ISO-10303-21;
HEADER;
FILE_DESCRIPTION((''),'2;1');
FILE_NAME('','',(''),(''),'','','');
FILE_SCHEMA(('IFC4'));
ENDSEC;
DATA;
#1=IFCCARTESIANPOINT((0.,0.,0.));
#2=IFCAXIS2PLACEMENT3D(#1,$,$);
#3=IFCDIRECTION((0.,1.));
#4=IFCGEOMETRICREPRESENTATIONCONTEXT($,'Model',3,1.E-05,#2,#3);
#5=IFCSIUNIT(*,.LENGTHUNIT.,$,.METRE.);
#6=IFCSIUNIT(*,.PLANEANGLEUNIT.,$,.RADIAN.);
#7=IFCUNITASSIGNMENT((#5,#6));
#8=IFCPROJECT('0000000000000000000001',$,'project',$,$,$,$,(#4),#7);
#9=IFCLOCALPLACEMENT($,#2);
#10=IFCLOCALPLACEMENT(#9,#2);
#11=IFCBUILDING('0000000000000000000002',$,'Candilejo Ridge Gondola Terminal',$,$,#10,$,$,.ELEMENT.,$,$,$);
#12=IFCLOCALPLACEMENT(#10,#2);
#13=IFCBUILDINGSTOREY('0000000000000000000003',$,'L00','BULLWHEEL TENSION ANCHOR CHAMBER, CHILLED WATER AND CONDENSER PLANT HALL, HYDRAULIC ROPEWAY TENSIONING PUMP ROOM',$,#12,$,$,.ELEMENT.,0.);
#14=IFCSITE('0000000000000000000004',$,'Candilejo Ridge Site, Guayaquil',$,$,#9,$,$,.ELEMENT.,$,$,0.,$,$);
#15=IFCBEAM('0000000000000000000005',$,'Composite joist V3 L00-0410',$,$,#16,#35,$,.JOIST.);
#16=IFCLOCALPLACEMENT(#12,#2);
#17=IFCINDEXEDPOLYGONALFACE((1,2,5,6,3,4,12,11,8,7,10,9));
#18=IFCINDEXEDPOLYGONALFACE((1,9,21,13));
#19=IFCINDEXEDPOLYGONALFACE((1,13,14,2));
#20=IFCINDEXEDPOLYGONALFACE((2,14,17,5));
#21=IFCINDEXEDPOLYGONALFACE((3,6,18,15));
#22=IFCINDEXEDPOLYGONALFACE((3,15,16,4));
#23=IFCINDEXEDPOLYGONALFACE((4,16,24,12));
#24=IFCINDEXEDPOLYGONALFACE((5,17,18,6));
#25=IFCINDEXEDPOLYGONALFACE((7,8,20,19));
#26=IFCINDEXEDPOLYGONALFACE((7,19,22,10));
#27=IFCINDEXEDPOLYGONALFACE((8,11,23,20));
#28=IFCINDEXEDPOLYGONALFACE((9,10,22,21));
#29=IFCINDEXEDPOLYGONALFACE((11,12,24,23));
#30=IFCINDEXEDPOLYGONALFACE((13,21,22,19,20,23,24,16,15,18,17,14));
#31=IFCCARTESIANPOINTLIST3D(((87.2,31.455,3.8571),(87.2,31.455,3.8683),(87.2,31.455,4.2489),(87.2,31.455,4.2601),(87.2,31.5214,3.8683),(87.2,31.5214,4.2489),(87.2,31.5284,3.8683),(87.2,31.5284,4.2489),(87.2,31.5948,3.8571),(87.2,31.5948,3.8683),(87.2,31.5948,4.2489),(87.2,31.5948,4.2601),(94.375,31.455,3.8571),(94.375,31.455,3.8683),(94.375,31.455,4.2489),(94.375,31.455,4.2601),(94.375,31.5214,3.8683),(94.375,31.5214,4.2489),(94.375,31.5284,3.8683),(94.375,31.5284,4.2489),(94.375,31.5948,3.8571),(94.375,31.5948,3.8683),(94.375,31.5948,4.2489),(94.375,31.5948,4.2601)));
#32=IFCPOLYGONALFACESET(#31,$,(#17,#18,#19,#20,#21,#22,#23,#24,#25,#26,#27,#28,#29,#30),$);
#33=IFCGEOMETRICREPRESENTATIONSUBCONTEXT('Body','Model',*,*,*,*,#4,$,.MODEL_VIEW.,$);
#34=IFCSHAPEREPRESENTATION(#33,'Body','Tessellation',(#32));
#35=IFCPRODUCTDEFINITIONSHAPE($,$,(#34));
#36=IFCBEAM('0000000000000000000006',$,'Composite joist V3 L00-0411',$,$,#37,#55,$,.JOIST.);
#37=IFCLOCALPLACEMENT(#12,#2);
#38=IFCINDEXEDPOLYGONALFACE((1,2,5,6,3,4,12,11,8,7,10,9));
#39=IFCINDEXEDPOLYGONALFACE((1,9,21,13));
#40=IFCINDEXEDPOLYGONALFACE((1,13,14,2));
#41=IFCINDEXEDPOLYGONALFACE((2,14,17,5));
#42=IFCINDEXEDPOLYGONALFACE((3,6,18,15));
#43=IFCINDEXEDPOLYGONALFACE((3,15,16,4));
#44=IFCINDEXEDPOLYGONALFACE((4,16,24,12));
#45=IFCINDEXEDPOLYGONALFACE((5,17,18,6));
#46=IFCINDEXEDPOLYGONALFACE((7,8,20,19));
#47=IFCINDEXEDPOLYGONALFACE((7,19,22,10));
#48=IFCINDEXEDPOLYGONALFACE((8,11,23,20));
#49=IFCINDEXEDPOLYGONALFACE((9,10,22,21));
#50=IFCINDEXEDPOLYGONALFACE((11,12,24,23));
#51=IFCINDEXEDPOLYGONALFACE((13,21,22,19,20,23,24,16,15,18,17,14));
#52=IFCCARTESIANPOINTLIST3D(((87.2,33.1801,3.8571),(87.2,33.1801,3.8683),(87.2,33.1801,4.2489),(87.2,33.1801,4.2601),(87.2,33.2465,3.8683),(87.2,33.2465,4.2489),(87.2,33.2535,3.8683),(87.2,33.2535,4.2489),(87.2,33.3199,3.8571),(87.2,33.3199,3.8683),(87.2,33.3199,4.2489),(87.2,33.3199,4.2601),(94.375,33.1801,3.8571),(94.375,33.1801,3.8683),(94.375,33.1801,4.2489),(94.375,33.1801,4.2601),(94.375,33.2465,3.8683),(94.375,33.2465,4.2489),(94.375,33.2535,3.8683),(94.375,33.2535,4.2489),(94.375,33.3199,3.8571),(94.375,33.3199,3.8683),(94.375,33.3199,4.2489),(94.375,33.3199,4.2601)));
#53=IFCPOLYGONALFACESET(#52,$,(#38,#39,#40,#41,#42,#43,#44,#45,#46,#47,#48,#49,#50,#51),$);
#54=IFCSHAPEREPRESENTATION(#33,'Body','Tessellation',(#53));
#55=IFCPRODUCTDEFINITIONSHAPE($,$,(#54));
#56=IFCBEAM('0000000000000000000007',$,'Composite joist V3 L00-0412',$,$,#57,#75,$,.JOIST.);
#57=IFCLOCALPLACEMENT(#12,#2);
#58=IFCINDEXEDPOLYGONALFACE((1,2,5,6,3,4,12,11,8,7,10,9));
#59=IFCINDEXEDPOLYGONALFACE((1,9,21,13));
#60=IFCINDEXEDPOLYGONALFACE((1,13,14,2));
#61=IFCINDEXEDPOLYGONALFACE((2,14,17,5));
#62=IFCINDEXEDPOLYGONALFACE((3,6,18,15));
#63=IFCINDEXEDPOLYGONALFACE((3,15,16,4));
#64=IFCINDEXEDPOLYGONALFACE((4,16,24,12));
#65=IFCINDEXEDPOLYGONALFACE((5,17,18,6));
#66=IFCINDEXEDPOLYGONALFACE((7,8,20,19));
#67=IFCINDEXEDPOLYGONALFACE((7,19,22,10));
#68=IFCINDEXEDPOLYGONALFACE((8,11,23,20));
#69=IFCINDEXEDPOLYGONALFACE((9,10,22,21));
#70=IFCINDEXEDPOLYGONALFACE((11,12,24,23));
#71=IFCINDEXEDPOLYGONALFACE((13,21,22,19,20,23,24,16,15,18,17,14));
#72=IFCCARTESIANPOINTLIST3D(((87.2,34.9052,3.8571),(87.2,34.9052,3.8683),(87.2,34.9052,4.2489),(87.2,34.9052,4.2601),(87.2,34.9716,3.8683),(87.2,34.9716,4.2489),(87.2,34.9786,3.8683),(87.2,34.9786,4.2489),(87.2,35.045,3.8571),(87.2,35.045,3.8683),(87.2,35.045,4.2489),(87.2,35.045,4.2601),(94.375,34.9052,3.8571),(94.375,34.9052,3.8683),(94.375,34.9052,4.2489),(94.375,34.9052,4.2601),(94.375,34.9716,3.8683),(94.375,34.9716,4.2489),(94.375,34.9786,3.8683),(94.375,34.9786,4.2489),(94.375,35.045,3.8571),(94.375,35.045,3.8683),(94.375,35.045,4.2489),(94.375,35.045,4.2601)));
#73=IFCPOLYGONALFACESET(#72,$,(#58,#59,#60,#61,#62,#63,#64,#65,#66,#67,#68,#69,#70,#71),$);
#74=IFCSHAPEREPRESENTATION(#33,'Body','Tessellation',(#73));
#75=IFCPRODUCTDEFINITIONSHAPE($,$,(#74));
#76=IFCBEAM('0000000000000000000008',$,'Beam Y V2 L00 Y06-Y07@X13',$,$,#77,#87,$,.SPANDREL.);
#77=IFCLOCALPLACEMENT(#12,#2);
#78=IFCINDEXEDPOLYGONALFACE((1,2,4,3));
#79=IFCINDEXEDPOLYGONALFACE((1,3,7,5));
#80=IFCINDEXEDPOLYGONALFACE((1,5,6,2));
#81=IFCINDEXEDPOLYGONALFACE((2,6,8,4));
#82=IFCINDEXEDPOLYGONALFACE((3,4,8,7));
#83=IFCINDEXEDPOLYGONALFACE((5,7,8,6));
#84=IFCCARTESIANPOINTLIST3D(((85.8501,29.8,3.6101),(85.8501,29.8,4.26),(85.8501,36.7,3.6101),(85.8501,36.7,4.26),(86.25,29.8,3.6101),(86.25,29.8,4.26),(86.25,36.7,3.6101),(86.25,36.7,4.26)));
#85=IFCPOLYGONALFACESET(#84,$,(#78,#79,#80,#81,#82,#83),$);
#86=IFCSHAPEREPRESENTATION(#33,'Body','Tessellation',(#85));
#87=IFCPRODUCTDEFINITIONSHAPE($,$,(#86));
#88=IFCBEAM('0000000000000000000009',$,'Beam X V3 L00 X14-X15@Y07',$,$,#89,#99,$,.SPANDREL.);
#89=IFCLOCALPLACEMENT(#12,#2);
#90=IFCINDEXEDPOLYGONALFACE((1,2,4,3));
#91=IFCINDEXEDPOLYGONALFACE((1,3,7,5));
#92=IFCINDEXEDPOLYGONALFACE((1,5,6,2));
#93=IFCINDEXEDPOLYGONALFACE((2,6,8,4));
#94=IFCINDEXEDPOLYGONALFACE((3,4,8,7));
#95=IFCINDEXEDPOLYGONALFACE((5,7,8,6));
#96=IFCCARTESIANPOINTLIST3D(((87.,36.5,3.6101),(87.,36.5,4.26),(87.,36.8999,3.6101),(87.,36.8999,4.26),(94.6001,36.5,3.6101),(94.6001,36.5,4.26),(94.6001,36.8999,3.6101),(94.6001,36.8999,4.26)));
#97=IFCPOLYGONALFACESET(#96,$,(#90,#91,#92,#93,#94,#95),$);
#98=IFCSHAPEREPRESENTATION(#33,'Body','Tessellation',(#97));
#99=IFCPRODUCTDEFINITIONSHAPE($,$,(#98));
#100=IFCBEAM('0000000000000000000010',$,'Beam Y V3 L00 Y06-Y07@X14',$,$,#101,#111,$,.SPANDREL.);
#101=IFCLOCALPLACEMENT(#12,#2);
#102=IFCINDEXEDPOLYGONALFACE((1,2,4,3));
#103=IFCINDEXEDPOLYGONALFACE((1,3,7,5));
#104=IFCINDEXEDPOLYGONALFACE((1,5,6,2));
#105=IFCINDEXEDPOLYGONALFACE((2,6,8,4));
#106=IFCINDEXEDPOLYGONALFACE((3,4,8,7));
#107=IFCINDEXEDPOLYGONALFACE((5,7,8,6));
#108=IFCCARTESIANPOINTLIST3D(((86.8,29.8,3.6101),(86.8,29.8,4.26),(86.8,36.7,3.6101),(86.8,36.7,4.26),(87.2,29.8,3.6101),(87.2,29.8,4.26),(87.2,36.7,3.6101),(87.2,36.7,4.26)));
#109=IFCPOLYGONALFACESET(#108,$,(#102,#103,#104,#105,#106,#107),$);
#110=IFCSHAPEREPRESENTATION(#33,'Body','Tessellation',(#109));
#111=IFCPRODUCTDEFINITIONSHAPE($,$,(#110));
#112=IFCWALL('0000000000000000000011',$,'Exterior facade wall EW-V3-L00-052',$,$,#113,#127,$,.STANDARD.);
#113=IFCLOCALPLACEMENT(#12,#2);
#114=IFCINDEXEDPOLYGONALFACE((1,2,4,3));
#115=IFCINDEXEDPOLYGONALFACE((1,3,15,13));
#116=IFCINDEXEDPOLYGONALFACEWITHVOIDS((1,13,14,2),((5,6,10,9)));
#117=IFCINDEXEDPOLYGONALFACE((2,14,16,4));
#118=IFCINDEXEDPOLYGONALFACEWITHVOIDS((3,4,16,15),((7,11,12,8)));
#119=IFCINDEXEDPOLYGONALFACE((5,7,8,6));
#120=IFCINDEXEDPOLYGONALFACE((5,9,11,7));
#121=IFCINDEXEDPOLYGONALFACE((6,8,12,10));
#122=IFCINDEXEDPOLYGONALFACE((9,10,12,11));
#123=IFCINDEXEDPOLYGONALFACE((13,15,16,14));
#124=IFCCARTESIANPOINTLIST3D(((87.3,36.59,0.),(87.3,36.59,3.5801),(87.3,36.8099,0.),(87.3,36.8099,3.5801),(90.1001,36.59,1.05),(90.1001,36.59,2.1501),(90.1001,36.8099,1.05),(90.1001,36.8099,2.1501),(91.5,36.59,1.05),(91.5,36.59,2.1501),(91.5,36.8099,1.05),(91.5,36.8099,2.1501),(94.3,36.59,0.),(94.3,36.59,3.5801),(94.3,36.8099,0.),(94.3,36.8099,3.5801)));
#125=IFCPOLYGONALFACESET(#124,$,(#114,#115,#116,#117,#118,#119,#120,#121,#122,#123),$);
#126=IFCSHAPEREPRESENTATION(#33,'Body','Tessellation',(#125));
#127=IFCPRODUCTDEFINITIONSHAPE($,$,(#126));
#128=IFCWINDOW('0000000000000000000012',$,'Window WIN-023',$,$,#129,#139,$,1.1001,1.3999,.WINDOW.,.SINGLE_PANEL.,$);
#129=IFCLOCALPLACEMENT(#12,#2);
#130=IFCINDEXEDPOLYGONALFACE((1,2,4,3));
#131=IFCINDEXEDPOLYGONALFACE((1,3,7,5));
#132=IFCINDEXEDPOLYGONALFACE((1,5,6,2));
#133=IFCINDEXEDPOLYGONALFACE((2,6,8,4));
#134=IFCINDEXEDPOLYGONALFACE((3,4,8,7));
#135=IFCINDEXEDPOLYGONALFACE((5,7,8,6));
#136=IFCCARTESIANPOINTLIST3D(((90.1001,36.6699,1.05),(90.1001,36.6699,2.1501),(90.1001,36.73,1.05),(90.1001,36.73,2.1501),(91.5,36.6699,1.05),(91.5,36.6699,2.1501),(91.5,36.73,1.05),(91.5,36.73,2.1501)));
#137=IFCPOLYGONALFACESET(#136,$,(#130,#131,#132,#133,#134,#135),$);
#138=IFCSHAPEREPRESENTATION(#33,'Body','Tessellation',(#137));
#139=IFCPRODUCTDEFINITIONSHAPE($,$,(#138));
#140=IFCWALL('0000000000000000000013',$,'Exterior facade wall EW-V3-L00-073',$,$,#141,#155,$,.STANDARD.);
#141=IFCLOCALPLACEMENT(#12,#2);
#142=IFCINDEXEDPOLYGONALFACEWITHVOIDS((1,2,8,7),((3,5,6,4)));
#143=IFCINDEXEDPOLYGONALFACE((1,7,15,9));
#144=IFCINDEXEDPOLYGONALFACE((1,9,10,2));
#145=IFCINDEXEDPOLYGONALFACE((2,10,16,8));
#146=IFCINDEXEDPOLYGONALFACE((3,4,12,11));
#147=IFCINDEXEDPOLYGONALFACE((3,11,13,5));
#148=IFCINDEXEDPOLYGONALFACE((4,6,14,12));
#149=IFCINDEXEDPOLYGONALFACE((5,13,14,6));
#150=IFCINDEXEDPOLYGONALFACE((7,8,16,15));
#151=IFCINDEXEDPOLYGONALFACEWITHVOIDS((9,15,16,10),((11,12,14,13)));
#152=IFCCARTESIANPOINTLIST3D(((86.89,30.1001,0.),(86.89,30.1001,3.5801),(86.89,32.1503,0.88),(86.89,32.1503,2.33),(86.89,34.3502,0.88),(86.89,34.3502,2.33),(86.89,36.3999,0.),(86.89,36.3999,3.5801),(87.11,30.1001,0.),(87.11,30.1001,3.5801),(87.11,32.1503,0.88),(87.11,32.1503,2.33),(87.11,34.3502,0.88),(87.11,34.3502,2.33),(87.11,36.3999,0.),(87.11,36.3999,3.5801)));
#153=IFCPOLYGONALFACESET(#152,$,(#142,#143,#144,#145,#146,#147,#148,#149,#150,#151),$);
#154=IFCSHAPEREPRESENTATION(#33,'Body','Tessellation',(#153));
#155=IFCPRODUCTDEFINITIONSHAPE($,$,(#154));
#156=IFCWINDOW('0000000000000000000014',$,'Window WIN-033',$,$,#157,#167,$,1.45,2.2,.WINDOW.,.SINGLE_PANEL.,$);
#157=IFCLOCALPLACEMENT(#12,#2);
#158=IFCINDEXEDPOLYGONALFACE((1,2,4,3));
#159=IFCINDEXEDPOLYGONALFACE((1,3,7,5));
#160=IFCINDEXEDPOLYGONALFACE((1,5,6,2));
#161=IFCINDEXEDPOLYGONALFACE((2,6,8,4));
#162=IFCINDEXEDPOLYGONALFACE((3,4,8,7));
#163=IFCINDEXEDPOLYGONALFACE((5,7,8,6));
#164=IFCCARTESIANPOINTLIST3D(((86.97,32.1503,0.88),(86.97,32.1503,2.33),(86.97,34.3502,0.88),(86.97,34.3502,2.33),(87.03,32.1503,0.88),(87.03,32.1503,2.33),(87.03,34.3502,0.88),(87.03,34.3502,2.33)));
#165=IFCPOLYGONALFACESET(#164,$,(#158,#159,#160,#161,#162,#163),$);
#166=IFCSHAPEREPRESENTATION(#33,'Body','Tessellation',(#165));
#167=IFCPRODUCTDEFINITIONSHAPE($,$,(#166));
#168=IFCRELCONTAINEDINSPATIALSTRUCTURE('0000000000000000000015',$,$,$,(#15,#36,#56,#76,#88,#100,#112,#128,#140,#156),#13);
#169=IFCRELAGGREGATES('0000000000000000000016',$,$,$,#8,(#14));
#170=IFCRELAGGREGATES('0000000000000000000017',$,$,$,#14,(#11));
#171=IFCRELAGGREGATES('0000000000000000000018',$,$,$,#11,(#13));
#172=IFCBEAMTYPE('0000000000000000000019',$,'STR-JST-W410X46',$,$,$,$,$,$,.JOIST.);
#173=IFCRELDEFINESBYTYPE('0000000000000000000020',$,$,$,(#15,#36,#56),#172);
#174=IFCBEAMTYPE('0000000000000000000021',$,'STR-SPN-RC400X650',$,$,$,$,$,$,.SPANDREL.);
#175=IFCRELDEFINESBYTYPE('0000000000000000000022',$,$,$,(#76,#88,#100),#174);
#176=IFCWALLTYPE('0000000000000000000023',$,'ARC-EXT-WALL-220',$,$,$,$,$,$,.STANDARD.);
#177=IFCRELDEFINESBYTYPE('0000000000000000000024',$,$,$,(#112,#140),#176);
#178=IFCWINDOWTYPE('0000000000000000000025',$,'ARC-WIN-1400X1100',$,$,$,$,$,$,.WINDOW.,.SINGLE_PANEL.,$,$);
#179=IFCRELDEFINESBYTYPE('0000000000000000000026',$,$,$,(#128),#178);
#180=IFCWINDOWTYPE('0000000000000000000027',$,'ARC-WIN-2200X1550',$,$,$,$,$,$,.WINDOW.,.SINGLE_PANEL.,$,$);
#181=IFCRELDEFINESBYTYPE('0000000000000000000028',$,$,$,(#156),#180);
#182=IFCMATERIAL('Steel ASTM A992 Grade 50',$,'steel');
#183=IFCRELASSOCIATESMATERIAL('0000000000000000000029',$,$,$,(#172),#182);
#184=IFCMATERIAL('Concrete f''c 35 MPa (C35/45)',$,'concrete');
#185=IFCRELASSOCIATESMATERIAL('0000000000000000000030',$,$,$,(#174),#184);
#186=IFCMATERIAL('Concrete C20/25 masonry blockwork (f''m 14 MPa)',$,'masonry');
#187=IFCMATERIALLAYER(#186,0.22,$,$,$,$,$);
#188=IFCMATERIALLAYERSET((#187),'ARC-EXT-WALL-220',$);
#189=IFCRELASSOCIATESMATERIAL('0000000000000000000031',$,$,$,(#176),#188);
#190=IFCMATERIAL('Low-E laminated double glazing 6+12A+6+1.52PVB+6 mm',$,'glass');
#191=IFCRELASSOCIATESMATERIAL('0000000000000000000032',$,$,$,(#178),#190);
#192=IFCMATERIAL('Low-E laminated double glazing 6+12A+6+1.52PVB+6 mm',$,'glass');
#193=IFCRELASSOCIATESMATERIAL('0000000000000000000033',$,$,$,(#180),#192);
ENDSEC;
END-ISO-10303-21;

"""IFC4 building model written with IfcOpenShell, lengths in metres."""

from ifc_helpers import new_model, si_unit, direction, frame, frame_2d, origin, origin_2d, place, context, subcontext, project, spatial, rectangle, i_section, extrude, material, layer, layer_set, material_profile, profile_set, type_object, element, fill, save


model = new_model("IFC4")

# Units and contexts
model_context = context("Model", 3, precision=1e-05, world=origin(), true_north=direction((0.0, 1.0)))
body_context = subcontext(model_context, "Body", "Model", "MODEL_VIEW")
ifc_project = project(units=[si_unit("LENGTHUNIT", "METRE"), si_unit("PLANEANGLEUNIT", "RADIAN")], contexts=[model_context])

# Site, building, storey
site_placement = place(None, origin())
site = spatial("IfcSite", under=ifc_project, at=site_placement, Name="Candilejo Ridge Site, Guayaquil", CompositionType="ELEMENT", RefElevation=0.0)
building_placement = place(site_placement, origin())
building = spatial("IfcBuilding", under=site, at=building_placement, Name="Candilejo Ridge Gondola Terminal", CompositionType="ELEMENT")
storey_placement = place(building_placement, origin())
storey = spatial("IfcBuildingStorey", under=building, at=storey_placement, Name="L00", Description="BULLWHEEL TENSION ANCHOR CHAMBER, CHILLED WATER AND CONDENSER PLANT HALL, HYDRAULIC ROPEWAY TENSIONING PUMP ROOM", CompositionType="ELEMENT", Elevation=0.0)

# Beams
ifc_material_1 = material(Name="Steel ASTM A992 Grade 50", Category="steel")
ifc_material_profile_1 = material_profile(ifc_material_1, i_section(OverallWidth=0.1399, OverallDepth=0.4031, WebThickness=0.0071, FlangeThickness=0.0112, at=origin_2d()))
ifc_profile_set_1 = profile_set([ifc_material_profile_1], Name="Steel ASTM A992 Grade 50")
beam_type_1 = type_object("IfcBeamType", Name="STR-JST-W410X46", PredefinedType="JOIST", material=ifc_profile_set_1)
for number, where, z_axis, x_axis, name in (
    (1, (87.2, 31.5249, 4.0586), (1.0, 0.0, 0.0), (0.0, 1.0, 0.0), "Composite joist V3 L00-0410"),
    (2, (87.2, 33.25, 4.0586), (1.0, 0.0, 0.0), (0.0, 1.0, 0.0), "Composite joist V3 L00-0411"),
    (3, (87.2, 34.9751, 4.0586), (1.0, 0.0, 0.0), (0.0, 1.0, 0.0), "Composite joist V3 L00-0412"),
):
    element("IfcBeam", number, at=place(storey_placement, frame(where, z_axis=z_axis, x_axis=x_axis)), inside=storey, type_object=beam_type_1, Name=name, PredefinedType="JOIST", context=body_context, shape_type="SweptSolid", body=[
        extrude(i_section(OverallWidth=0.1399, OverallDepth=0.4031, WebThickness=0.0071, FlangeThickness=0.0112, at=origin_2d()), origin(), (0.0, 0.0, 1.0), 7.175),
    ])
ifc_material_2 = material(Name="Concrete f'c 35 MPa (C35/45)", Category="concrete")
ifc_material_profile_2 = material_profile(ifc_material_2, rectangle(XDim=0.3999, YDim=0.6499, at=origin_2d()))
ifc_profile_set_2 = profile_set([ifc_material_profile_2], Name="Concrete f'c 35 MPa (C35/45)")
beam_type_2 = type_object("IfcBeamType", Name="STR-SPN-RC400X650", PredefinedType="SPANDREL", material=ifc_profile_set_2)
beam_1_placement = place(storey_placement, frame((86.05, 29.8, 3.9351), z_axis=(0.0, 1.0, 0.0), x_axis=(-1.0, 0.0, 0.0)))
element("IfcBeam", 4, at=beam_1_placement, inside=storey, type_object=beam_type_2, Name="Beam Y V2 L00 Y06-Y07@X13", PredefinedType="SPANDREL", context=body_context, shape_type="SweptSolid", body=[
    extrude(rectangle(XDim=0.3999, YDim=0.6499, at=origin_2d()), origin(), (0.0, 0.0, 1.0), 6.8999),
])
beam_2_placement = place(storey_placement, frame((87.0, 36.7, 3.9351), z_axis=(1.0, 0.0, 0.0), x_axis=(0.0, 1.0, 0.0)))
element("IfcBeam", 5, at=beam_2_placement, inside=storey, type_object=beam_type_2, Name="Beam X V3 L00 X14-X15@Y07", PredefinedType="SPANDREL", context=body_context, shape_type="SweptSolid", body=[
    extrude(rectangle(XDim=0.3999, YDim=0.6499, at=origin_2d()), origin(), (0.0, 0.0, 1.0), 7.6001),
])
beam_3_placement = place(storey_placement, frame((87.0, 29.8, 3.9351), z_axis=(0.0, 1.0, 0.0), x_axis=(-1.0, 0.0, 0.0)))
element("IfcBeam", 6, at=beam_3_placement, inside=storey, type_object=beam_type_2, Name="Beam Y V3 L00 Y06-Y07@X14", PredefinedType="SPANDREL", context=body_context, shape_type="SweptSolid", body=[
    extrude(rectangle(XDim=0.3999, YDim=0.6499, at=origin_2d()), origin(), (0.0, 0.0, 1.0), 6.8999),
])

# Walls, openings, windows
ifc_material_3 = material(Name="Concrete C20/25 masonry blockwork (f'm 14 MPa)", Category="masonry")
ifc_layer_1 = layer(ifc_material_3, 0.22)
ifc_layer_set_1 = layer_set([ifc_layer_1], Name="ARC-EXT-WALL-220")
wall_type_1 = type_object("IfcWallType", Name="ARC-EXT-WALL-220", PredefinedType="STANDARD", material=ifc_layer_set_1)
wall_1_placement = place(storey_placement, frame((87.3, 36.7, 0.0), z_axis=(0.0, 0.0, 1.0), x_axis=(1.0, 0.0, 0.0)))
wall_1 = element("IfcWall", 7, at=wall_1_placement, inside=storey, type_object=wall_type_1, Name="Exterior facade wall EW-V3-L00-052", PredefinedType="STANDARD", context=body_context, shape_type="SweptSolid", body=[
    extrude(rectangle(XDim=7.0, YDim=0.22, at=frame_2d((3.5, 0.0))), origin(), (0.0, 0.0, 1.0), 3.5801),
])
opening_1_placement = place(wall_1_placement, frame((2.8, 0.0, 1.05)))
opening_1 = element("IfcOpeningElement", 8, at=opening_1_placement, cuts=wall_1, PredefinedType="OPENING", context=body_context, shape_type="SweptSolid", body=[
    extrude(rectangle(XDim=1.3999, YDim=1.1001, at=frame_2d((0.7, 0.55))), frame((0.0, 0.1199, 0.0), z_axis=(0.0, -1.0, 0.0), x_axis=(1.0, 0.0, 0.0)), (0.0, 0.0, 1.0), 0.24),
])
ifc_material_4 = material(Name="Low-E laminated double glazing 6+12A+6+1.52PVB+6 mm", Category="glass")
window_type_1 = type_object("IfcWindowType", Name="ARC-WIN-1400X1100", PartitioningType="SINGLE_PANEL", PredefinedType="WINDOW", material=ifc_material_4)
window_1_placement = place(opening_1_placement, origin())
window_1 = element("IfcWindow", 9, at=window_1_placement, inside=storey, type_object=window_type_1, Name="Window WIN-023", OverallHeight=1.1001, OverallWidth=1.3999, PartitioningType="SINGLE_PANEL", PredefinedType="WINDOW", context=body_context, shape_type="SweptSolid", body=[
    extrude(rectangle(XDim=1.3999, YDim=1.1001, at=frame_2d((0.7, 0.55))), frame((0.0, 0.03, 0.0), z_axis=(0.0, -1.0, 0.0), x_axis=(1.0, 0.0, 0.0)), (0.0, 0.0, 1.0), 0.0601),
])
fill(opening_1, window_1)
wall_2_placement = place(storey_placement, frame((87.0, 30.1001, 0.0), z_axis=(0.0, 0.0, 1.0), x_axis=(0.0, 1.0, 0.0)))
wall_2 = element("IfcWall", 10, at=wall_2_placement, inside=storey, type_object=wall_type_1, Name="Exterior facade wall EW-V3-L00-073", PredefinedType="STANDARD", context=body_context, shape_type="SweptSolid", body=[
    extrude(rectangle(XDim=6.2998, YDim=0.22, at=frame_2d((3.1499, 0.0))), origin(), (0.0, 0.0, 1.0), 3.5801),
])
opening_2_placement = place(wall_2_placement, frame((2.05, 0.0, 0.8799)))
opening_2 = element("IfcOpeningElement", 11, at=opening_2_placement, cuts=wall_2, PredefinedType="OPENING", context=body_context, shape_type="SweptSolid", body=[
    extrude(rectangle(XDim=2.2, YDim=1.45, at=frame_2d((1.1001, 0.7251))), frame((0.0, 0.1199, 0.0), z_axis=(0.0, -1.0, 0.0), x_axis=(1.0, 0.0, 0.0)), (0.0, 0.0, 1.0), 0.24),
])
ifc_material_5 = material(Name="Low-E laminated double glazing 6+12A+6+1.52PVB+6 mm", Category="glass")
window_type_2 = type_object("IfcWindowType", Name="ARC-WIN-2200X1550", PartitioningType="SINGLE_PANEL", PredefinedType="WINDOW", material=ifc_material_5)
window_2_placement = place(opening_2_placement, origin())
window_2 = element("IfcWindow", 12, at=window_2_placement, inside=storey, type_object=window_type_2, Name="Window WIN-033", OverallHeight=1.45, OverallWidth=2.2, PartitioningType="SINGLE_PANEL", PredefinedType="WINDOW", context=body_context, shape_type="SweptSolid", body=[
    extrude(rectangle(XDim=2.2, YDim=1.45, at=frame_2d((1.1001, 0.7251))), frame((0.0, 0.03, 0.0), z_axis=(0.0, -1.0, 0.0), x_axis=(1.0, 0.0, 0.0)), (0.0, 0.0, 1.0), 0.0601),
])
fill(opening_2, window_2)

save(model, "model.ifc")
